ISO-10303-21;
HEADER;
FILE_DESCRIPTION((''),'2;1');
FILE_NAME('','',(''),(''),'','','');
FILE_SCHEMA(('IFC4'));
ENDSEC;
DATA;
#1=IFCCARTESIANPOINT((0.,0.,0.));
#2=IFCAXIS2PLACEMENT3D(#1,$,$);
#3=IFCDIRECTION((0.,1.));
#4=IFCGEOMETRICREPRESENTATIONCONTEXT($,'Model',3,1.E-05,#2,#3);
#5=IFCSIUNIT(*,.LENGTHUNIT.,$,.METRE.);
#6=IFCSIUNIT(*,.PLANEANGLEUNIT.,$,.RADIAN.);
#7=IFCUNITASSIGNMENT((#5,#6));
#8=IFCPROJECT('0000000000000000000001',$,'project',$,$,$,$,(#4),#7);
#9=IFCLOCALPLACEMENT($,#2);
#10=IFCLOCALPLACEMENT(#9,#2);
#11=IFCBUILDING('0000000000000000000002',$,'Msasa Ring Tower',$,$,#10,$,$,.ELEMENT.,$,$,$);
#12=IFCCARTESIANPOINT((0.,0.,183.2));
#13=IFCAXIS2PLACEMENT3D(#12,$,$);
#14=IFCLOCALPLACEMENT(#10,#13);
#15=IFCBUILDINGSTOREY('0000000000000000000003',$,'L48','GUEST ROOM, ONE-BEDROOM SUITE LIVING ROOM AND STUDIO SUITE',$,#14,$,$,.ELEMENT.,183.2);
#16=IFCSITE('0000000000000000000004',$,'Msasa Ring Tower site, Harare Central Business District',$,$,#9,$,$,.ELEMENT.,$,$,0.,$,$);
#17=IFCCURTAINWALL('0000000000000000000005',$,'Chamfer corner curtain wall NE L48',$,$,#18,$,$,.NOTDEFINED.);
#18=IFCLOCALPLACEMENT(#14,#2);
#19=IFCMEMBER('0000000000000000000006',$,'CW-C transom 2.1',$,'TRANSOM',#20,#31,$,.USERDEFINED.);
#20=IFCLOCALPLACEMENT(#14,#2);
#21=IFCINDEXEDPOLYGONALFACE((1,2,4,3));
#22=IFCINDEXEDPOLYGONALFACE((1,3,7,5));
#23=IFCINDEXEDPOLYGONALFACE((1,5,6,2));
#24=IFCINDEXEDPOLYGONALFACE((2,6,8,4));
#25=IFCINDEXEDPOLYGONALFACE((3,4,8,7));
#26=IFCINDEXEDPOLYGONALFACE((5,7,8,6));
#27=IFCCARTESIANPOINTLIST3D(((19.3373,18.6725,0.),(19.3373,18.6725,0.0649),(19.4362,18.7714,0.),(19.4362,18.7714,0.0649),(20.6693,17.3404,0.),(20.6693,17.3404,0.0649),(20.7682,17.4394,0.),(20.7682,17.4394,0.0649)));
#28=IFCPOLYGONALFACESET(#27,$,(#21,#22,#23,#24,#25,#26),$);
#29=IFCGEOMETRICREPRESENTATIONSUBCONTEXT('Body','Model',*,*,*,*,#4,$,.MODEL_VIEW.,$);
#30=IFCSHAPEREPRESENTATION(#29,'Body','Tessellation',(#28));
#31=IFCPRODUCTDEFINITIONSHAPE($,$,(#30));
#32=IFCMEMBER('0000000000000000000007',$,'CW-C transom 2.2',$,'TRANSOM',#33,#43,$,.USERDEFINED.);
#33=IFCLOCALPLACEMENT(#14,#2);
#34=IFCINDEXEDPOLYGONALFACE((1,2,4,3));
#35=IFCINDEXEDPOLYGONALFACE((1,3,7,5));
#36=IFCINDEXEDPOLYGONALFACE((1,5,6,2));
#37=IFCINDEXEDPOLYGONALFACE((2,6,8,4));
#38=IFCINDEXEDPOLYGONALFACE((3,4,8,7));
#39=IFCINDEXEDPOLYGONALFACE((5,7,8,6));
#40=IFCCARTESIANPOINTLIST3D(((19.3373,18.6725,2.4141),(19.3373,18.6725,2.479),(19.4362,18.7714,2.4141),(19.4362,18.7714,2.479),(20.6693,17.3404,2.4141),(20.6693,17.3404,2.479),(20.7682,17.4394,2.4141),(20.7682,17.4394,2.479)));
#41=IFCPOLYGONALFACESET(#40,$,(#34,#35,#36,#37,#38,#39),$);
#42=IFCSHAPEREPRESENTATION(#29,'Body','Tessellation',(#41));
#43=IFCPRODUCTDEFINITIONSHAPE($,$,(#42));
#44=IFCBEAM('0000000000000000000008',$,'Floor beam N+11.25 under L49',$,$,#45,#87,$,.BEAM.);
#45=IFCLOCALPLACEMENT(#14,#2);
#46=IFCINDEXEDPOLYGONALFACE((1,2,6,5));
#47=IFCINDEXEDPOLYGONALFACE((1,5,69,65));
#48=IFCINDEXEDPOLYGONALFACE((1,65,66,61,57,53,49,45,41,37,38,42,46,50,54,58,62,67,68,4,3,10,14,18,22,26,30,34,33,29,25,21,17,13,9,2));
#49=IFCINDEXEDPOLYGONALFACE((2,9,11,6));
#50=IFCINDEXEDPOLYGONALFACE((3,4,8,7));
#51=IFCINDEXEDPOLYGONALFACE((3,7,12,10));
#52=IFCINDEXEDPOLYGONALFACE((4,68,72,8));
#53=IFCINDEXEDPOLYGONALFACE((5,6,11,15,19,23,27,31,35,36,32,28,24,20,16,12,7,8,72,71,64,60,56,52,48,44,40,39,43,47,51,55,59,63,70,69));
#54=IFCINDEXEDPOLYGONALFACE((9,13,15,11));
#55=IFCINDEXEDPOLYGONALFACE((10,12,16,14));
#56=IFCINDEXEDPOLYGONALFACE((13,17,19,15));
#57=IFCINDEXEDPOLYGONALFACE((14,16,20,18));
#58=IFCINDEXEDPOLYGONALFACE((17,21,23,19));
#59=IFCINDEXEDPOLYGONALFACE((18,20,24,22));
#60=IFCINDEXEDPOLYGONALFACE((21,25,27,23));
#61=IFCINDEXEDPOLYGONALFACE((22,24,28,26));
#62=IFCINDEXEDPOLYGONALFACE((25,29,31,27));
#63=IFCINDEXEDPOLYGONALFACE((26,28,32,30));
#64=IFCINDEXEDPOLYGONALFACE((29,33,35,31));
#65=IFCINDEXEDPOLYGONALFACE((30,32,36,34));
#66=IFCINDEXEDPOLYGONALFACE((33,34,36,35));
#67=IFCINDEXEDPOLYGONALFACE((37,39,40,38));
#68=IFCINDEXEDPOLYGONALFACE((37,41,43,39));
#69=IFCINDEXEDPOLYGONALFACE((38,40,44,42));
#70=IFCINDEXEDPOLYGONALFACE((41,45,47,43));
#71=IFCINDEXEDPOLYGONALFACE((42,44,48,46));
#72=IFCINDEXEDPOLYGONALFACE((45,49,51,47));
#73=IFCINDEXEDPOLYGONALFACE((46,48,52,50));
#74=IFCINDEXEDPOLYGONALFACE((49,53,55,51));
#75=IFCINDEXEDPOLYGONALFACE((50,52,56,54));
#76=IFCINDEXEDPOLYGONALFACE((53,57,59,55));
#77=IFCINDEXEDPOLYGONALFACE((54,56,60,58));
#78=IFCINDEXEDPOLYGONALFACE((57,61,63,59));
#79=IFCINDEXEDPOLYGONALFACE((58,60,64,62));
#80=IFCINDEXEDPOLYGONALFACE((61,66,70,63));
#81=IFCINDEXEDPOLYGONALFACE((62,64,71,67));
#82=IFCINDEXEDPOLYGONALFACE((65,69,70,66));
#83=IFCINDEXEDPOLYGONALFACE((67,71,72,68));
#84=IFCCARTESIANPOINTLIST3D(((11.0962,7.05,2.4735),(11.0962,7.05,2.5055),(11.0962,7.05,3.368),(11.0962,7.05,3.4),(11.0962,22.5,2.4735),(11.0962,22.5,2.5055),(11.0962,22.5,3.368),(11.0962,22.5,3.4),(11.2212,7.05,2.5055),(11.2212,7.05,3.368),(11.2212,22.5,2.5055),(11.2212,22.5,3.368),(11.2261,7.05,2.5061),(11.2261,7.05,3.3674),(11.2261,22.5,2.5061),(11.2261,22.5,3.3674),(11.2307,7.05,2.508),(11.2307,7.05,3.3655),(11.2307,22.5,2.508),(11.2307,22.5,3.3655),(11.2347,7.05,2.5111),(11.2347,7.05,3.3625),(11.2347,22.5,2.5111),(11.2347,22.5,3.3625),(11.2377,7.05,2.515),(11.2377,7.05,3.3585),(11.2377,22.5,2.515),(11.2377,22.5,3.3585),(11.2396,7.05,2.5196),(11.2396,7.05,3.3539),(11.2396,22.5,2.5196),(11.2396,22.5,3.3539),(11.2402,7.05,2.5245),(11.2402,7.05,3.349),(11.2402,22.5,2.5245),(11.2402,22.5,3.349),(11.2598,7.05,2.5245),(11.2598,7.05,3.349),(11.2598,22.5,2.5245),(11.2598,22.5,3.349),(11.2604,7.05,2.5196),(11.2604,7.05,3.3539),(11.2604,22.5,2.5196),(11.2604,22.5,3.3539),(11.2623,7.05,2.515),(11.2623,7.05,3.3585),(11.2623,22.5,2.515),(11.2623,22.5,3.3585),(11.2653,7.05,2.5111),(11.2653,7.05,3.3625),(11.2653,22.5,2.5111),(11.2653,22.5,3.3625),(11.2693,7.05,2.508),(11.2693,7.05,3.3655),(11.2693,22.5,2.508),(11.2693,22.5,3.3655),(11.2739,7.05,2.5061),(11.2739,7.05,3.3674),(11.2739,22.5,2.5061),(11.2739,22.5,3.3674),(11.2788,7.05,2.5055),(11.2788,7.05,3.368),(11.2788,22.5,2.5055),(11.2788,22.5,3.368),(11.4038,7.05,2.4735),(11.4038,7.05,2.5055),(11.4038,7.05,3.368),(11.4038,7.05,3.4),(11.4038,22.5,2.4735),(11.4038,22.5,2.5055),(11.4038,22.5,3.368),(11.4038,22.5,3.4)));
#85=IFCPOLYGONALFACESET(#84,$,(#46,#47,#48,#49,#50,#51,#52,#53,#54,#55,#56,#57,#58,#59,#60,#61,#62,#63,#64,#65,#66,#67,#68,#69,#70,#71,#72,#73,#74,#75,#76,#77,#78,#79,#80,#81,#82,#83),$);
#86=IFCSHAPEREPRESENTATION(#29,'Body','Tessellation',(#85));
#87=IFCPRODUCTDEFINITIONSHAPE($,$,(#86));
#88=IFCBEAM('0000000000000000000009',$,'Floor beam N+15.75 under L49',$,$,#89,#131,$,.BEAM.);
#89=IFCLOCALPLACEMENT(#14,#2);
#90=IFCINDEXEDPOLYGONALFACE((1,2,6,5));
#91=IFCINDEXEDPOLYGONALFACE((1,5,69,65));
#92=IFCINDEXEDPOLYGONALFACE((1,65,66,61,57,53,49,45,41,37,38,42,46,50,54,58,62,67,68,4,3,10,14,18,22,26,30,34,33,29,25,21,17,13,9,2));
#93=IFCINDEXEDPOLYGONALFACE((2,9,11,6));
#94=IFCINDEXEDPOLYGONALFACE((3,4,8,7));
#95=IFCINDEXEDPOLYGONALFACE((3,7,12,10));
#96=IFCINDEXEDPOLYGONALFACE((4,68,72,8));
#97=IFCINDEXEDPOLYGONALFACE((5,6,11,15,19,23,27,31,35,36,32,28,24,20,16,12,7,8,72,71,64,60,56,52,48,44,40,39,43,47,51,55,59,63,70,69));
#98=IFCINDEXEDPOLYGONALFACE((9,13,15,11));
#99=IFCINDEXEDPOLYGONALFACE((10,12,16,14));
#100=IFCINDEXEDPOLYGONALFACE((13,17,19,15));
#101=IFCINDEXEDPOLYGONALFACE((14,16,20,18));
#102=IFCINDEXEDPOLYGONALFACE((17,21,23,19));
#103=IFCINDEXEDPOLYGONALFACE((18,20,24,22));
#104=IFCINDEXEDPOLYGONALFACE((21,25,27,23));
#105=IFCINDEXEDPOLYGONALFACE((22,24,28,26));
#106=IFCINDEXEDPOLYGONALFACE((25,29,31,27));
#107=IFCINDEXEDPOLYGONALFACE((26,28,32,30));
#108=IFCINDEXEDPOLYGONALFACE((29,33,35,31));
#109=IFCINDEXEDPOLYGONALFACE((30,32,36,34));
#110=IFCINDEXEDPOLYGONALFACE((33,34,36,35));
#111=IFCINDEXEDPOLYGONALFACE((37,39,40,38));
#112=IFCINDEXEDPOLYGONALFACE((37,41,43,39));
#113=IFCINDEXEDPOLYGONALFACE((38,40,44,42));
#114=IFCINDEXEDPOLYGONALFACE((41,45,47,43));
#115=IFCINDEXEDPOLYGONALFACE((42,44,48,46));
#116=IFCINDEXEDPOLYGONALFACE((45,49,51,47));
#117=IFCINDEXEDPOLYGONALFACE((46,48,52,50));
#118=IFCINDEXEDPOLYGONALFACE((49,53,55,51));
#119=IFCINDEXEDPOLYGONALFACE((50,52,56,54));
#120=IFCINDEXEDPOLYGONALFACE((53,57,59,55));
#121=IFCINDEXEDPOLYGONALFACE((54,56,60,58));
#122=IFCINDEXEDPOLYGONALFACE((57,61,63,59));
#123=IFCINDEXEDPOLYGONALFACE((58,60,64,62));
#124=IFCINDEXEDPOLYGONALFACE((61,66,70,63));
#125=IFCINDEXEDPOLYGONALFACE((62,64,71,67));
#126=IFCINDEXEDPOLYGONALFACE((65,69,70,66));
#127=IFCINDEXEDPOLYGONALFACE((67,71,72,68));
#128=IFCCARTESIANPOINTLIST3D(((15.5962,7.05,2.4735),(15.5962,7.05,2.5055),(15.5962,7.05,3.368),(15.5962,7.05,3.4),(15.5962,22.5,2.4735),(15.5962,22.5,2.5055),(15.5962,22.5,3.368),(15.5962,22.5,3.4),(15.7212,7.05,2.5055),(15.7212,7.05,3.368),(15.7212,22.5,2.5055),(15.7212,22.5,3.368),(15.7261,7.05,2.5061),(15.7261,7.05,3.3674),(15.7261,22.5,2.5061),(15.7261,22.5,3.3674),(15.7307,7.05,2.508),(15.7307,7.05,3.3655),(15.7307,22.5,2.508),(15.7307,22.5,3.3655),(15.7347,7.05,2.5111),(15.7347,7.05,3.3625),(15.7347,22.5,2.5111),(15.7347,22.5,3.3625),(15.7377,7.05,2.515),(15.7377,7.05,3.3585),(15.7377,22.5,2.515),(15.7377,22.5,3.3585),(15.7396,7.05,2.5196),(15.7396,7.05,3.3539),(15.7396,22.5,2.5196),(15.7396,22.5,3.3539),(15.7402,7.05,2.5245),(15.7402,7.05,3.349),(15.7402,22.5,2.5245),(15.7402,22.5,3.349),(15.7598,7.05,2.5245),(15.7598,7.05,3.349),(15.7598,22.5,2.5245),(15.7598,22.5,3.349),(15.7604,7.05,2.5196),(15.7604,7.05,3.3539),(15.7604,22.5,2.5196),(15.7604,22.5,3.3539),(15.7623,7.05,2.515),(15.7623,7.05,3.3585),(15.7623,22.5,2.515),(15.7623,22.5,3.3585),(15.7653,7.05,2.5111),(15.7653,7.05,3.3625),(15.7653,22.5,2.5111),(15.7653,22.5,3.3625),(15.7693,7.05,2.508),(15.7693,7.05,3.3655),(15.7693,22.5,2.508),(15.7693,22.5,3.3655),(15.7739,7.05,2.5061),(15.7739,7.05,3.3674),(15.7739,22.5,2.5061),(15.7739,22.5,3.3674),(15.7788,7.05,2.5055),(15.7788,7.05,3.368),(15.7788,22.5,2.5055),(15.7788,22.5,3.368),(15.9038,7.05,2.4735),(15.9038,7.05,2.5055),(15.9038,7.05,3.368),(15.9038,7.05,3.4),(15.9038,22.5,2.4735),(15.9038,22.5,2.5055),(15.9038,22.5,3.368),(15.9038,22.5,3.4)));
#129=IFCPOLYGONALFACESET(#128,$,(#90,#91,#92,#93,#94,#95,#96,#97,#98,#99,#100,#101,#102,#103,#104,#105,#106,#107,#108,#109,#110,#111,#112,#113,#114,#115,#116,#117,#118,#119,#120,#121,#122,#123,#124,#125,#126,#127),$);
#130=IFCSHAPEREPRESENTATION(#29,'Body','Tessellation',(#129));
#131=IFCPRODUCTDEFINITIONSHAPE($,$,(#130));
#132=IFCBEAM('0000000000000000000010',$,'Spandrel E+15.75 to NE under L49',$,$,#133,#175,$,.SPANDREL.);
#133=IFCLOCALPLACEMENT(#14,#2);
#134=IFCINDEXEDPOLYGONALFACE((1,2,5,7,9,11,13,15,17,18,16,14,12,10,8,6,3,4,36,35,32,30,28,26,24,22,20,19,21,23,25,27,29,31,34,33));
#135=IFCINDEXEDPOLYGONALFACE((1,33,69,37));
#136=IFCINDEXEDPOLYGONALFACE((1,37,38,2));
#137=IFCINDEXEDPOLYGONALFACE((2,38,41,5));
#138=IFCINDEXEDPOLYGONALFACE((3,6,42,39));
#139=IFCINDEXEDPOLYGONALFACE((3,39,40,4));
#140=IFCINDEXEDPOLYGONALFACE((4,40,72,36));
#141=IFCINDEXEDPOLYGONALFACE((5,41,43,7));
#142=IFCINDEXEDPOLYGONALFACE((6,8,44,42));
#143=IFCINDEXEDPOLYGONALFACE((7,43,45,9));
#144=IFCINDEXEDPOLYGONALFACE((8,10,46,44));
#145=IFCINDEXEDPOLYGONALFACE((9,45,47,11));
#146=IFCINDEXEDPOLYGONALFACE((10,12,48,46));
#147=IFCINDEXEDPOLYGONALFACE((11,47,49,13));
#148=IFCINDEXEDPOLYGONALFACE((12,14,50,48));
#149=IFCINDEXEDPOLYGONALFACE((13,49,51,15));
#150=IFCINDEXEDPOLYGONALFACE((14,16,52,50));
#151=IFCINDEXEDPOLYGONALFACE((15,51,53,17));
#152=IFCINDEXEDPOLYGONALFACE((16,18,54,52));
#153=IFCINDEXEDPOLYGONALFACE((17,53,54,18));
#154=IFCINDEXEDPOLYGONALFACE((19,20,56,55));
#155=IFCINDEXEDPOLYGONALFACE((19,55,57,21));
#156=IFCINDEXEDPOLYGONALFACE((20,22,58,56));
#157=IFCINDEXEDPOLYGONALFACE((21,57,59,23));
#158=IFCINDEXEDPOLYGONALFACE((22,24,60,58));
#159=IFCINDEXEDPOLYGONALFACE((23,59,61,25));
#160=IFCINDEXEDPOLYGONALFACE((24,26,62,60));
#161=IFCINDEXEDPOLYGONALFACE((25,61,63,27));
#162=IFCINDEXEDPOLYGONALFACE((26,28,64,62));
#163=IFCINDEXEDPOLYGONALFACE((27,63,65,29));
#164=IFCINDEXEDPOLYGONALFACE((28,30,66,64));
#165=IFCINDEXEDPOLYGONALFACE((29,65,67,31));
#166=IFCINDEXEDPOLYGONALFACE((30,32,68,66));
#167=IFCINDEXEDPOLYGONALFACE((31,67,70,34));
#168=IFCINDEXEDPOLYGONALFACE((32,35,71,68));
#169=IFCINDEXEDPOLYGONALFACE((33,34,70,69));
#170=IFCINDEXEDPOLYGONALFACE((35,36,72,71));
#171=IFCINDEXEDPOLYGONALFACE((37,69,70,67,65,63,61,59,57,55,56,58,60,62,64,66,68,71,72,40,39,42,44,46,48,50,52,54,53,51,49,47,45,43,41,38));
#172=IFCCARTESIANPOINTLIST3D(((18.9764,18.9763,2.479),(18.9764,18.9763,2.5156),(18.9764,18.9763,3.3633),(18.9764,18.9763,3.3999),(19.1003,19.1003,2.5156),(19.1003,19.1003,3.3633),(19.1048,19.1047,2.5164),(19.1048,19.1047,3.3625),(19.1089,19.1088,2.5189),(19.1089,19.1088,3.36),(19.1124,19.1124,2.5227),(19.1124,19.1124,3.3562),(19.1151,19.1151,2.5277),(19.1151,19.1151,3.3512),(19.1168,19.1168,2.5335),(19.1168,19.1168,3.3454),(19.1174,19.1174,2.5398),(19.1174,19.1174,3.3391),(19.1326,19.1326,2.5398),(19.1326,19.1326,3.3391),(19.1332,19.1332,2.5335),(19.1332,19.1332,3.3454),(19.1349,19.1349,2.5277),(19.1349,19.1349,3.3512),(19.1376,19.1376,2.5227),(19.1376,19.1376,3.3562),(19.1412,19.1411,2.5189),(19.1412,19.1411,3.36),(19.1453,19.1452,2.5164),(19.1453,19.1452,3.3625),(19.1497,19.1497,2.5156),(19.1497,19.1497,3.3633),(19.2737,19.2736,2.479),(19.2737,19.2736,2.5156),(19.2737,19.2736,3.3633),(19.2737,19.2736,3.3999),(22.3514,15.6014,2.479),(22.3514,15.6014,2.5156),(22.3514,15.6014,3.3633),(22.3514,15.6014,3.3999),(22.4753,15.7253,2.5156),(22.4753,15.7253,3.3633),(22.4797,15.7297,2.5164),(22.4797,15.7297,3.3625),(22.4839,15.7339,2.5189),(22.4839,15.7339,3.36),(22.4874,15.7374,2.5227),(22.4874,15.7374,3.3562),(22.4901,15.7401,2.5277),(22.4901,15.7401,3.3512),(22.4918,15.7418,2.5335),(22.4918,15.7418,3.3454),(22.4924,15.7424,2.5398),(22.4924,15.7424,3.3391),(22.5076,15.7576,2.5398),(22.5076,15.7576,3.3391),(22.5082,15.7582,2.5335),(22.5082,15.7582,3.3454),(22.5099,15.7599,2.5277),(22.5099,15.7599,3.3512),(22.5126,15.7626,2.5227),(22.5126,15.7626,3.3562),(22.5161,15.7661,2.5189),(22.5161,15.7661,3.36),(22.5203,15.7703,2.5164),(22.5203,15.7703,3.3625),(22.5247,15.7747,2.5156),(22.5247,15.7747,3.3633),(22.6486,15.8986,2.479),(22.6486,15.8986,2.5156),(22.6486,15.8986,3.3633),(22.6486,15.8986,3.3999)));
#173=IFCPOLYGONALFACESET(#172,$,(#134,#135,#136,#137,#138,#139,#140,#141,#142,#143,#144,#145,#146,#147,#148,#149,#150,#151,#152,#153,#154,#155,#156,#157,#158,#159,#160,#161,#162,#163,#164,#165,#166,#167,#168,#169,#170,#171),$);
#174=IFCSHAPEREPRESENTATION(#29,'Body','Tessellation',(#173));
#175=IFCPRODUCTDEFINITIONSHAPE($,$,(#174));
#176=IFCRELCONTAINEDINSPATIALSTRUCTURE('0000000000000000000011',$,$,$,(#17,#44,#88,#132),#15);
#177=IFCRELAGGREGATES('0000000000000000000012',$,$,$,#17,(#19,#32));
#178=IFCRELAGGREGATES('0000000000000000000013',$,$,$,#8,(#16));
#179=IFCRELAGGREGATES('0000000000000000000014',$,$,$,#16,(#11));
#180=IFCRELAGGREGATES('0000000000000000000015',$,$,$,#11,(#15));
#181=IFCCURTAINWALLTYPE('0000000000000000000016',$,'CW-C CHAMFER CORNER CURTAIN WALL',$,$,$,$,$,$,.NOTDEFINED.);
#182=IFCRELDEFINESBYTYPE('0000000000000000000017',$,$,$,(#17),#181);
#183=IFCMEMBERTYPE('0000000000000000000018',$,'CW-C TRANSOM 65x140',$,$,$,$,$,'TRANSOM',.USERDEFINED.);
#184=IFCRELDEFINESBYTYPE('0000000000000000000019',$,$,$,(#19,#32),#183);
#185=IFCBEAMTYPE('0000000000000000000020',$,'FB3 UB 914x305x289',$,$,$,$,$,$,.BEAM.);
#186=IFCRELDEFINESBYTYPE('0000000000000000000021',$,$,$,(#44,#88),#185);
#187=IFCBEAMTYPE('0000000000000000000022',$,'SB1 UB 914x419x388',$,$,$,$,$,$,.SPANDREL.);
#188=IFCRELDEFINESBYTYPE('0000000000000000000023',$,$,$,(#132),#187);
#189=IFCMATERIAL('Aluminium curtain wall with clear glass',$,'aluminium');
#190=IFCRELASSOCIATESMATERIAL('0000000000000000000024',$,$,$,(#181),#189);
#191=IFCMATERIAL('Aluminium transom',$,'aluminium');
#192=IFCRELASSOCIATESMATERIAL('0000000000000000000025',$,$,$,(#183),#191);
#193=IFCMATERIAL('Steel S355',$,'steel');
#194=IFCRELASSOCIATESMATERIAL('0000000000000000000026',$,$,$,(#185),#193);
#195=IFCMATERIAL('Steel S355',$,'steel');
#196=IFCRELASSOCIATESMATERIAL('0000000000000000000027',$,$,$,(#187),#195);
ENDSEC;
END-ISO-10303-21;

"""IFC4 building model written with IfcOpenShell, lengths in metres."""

from ifc_helpers import new_model, si_unit, direction, frame, origin, origin_2d, place, context, subcontext, project, spatial, rectangle, i_section, extrude, material, material_profile, profile_set, type_object, element, aggregate, save


model = new_model("IFC4")

# Units and contexts
model_context = context("Model", 3, precision=1e-05, world=origin(), true_north=direction((0.0, 1.0)))
body_context = subcontext(model_context, "Body", "Model", "MODEL_VIEW")
ifc_project = project(units=[si_unit("LENGTHUNIT", "METRE"), si_unit("PLANEANGLEUNIT", "RADIAN")], contexts=[model_context])

# Site, building, storey
site_placement = place(None, origin())
site = spatial("IfcSite", under=ifc_project, at=site_placement, Name="Msasa Ring Tower site, Harare Central Business District", CompositionType="ELEMENT", RefElevation=0.0)
building_placement = place(site_placement, origin())
building = spatial("IfcBuilding", under=site, at=building_placement, Name="Msasa Ring Tower", CompositionType="ELEMENT")
storey_placement = place(building_placement, frame((0.0, 0.0, 183.2)))
storey = spatial("IfcBuildingStorey", under=building, at=storey_placement, Name="L48", Description="GUEST ROOM, ONE-BEDROOM SUITE LIVING ROOM AND STUDIO SUITE", CompositionType="ELEMENT", Elevation=183.2)

# Curtain wall
ifc_material_1 = material(Name="Aluminium curtain wall with clear glass", Category="aluminium")
curtain_wall_type = type_object("IfcCurtainWallType", Name="CW-C CHAMFER CORNER CURTAIN WALL", PredefinedType="NOTDEFINED", material=ifc_material_1)
curtain_wall_1_placement = place(storey_placement, origin())
curtain_wall_1 = element("IfcCurtainWall", 1, at=curtain_wall_1_placement, inside=storey, type_object=curtain_wall_type, Name="Chamfer corner curtain wall NE L48", PredefinedType="NOTDEFINED")

# Members
ifc_material_2 = material(Name="Aluminium transom", Category="aluminium")
ifc_material_profile_1 = material_profile(ifc_material_2, rectangle(XDim=0.1399, YDim=0.0649, at=origin_2d()), Name="AL 65x140")
ifc_profile_set_1 = profile_set([ifc_material_profile_1], Name="Aluminium transom")
member_type_1 = type_object("IfcMemberType", Name="CW-C TRANSOM 65x140", ElementType="TRANSOM", PredefinedType="USERDEFINED", material=ifc_profile_set_1)
member_1_placement = place(storey_placement, frame((20.7188, 17.3899, 0.0325), z_axis=(-0.707107, 0.707107, 0.0), x_axis=(-0.707107, -0.707107, 0.0)))
member_1 = element("IfcMember", 2, at=member_1_placement, type_object=member_type_1, Name="CW-C transom 2.1", ObjectType="TRANSOM", PredefinedType="USERDEFINED", context=body_context, shape_type="SweptSolid", body=[
    extrude(rectangle(XDim=0.1399, YDim=0.0649, at=origin_2d()), origin(), (0.0, 0.0, 1.0), 1.8838),
])
member_2_placement = place(storey_placement, frame((20.7188, 17.3899, 2.4465), z_axis=(-0.707107, 0.707107, 0.0), x_axis=(-0.707107, -0.707107, 0.0)))
member_2 = element("IfcMember", 3, at=member_2_placement, type_object=member_type_1, Name="CW-C transom 2.2", ObjectType="TRANSOM", PredefinedType="USERDEFINED", context=body_context, shape_type="SweptSolid", body=[
    extrude(rectangle(XDim=0.1399, YDim=0.0649, at=origin_2d()), origin(), (0.0, 0.0, 1.0), 1.8838),
])

# Beams
ifc_material_3 = material(Name="Steel S355", Category="steel")
ifc_material_profile_2 = material_profile(ifc_material_3, i_section(OverallWidth=0.3076, OverallDepth=0.9265, WebThickness=0.0195, FlangeThickness=0.032, FilletRadius=0.019, at=origin_2d()), Name="UB 914x305x289")
ifc_profile_set_2 = profile_set([ifc_material_profile_2], Name="Steel S355")
beam_type_1 = type_object("IfcBeamType", Name="FB3 UB 914x305x289", PredefinedType="BEAM", material=ifc_profile_set_2)
for number, where, z_axis, x_axis, name in (
    (4, (11.25, 22.5, 2.9368), (0.0, -1.0, 0.0), (1.0, 0.0, 0.0), "Floor beam N+11.25 under L49"),
    (5, (15.75, 22.5, 2.9368), (0.0, -1.0, 0.0), (1.0, 0.0, 0.0), "Floor beam N+15.75 under L49"),
):
    element("IfcBeam", number, at=place(storey_placement, frame(where, z_axis=z_axis, x_axis=x_axis)), inside=storey, type_object=beam_type_1, Name=name, PredefinedType="BEAM", context=body_context, shape_type="SweptSolid", body=[
        extrude(i_section(OverallWidth=0.3076, OverallDepth=0.9265, WebThickness=0.0195, FlangeThickness=0.032, FilletRadius=0.019, at=origin_2d()), origin(), (0.0, 0.0, 1.0), 15.45),
    ])
ifc_material_4 = material(Name="Steel S355", Category="steel")
ifc_material_profile_3 = material_profile(ifc_material_4, i_section(OverallWidth=0.4204, OverallDepth=0.9209, WebThickness=0.0215, FlangeThickness=0.0366, FilletRadius=0.0242, at=origin_2d()), Name="UB 914x419x388")
ifc_profile_set_3 = profile_set([ifc_material_profile_3], Name="Steel S355")
beam_type_2 = type_object("IfcBeamType", Name="SB1 UB 914x419x388", PredefinedType="SPANDREL", material=ifc_profile_set_3)
for number, where, z_axis, x_axis, name in (
    (6, (22.5, 15.75, 2.9395), (-0.707107, 0.707107, 0.0), (-0.707107, -0.707107, 0.0), "Spandrel E+15.75 to NE under L49"),
):
    element("IfcBeam", number, at=place(storey_placement, frame(where, z_axis=z_axis, x_axis=x_axis)), inside=storey, type_object=beam_type_2, Name=name, PredefinedType="SPANDREL", context=body_context, shape_type="SweptSolid", body=[
        extrude(i_section(OverallWidth=0.4204, OverallDepth=0.9209, WebThickness=0.0215, FlangeThickness=0.0366, FilletRadius=0.0242, at=origin_2d()), origin(), (0.0, 0.0, 1.0), 4.7729),
    ])

aggregate(curtain_wall_1, [member_1, member_2])

save(model, "model.ifc")
